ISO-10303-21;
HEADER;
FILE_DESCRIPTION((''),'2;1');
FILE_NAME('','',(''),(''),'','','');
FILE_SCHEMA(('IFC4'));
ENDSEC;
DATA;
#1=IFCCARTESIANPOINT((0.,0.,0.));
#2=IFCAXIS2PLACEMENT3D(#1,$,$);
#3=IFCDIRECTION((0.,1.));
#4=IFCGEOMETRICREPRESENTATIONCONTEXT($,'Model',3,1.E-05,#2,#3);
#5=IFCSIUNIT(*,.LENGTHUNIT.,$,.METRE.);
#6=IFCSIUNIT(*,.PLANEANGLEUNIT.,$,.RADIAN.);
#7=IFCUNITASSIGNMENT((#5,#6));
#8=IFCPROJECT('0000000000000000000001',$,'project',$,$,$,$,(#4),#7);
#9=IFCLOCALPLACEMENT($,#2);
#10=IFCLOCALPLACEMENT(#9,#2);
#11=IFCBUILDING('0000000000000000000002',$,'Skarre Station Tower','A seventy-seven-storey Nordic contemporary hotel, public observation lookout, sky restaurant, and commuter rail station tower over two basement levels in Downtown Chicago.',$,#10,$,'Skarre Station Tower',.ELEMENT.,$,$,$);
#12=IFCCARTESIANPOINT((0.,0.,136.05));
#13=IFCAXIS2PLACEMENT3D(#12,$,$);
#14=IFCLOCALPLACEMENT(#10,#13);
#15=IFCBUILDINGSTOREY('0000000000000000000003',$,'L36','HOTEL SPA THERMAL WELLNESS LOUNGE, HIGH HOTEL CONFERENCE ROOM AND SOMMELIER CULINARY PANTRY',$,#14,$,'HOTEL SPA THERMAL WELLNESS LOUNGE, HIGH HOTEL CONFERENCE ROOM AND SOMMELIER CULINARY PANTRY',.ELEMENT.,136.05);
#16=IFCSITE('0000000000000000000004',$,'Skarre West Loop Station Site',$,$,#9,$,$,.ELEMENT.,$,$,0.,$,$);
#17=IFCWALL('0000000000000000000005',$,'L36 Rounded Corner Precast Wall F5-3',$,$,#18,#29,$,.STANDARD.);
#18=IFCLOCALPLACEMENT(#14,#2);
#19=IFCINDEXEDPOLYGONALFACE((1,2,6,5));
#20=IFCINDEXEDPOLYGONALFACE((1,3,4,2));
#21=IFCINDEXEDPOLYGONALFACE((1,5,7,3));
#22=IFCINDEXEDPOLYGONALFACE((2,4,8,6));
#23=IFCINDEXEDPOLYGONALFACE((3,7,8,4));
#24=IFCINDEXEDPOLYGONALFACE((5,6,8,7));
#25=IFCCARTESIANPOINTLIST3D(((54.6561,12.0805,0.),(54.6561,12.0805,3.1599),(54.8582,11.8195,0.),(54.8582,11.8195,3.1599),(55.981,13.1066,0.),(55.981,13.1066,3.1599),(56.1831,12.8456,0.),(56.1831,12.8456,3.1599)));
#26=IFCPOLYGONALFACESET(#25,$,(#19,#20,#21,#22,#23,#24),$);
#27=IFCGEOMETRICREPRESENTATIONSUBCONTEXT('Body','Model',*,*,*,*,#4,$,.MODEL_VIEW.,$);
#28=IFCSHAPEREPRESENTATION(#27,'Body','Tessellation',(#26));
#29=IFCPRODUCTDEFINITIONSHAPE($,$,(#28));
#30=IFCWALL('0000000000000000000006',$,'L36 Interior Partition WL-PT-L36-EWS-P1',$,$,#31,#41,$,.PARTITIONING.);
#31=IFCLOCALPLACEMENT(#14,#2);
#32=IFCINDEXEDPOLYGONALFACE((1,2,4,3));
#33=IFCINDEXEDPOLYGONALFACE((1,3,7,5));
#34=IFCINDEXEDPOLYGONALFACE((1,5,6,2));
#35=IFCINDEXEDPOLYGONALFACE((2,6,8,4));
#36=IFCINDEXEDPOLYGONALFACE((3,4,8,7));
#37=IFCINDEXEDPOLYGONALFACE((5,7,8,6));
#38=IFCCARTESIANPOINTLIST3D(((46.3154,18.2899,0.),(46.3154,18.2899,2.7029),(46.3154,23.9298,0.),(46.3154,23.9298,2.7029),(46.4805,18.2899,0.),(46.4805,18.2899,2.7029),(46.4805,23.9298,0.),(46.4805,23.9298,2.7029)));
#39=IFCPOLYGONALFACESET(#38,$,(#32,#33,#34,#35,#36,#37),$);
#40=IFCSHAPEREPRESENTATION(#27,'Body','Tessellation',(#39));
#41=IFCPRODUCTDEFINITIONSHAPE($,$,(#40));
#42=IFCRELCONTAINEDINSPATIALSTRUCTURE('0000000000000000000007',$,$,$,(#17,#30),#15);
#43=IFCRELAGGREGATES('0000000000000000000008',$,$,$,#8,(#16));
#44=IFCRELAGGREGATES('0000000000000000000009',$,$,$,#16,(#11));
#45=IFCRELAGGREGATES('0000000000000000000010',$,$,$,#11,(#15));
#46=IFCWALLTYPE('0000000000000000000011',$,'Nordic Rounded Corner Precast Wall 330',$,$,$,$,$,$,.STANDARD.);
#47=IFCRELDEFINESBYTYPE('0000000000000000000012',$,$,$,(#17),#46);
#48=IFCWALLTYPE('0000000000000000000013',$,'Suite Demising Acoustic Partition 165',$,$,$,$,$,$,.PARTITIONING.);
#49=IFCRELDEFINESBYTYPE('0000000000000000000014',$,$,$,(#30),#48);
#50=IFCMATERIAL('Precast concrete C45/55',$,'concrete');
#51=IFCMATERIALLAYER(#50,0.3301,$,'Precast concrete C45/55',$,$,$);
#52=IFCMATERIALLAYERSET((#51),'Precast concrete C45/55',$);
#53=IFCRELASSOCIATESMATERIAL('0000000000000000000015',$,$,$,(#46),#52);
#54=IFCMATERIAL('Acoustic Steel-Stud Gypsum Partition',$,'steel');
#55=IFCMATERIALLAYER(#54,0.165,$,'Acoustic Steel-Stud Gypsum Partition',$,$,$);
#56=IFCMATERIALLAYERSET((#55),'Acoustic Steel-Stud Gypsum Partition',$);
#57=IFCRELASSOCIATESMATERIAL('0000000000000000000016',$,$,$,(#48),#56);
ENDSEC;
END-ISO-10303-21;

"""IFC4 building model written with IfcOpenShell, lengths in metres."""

from ifc_helpers import new_model, si_unit, direction, frame, frame_2d, origin, place, context, subcontext, project, spatial, rectangle, extrude, material, layer, layer_set, type_object, element, save


model = new_model("IFC4")

# Units and contexts
model_context = context("Model", 3, precision=1e-05, world=origin(), true_north=direction((0.0, 1.0)))
body_context = subcontext(model_context, "Body", "Model", "MODEL_VIEW")
ifc_project = project(units=[si_unit("LENGTHUNIT", "METRE"), si_unit("PLANEANGLEUNIT", "RADIAN")], contexts=[model_context])

# Site, building, storey
site_placement = place(None, origin())
site = spatial("IfcSite", under=ifc_project, at=site_placement, Name="Skarre West Loop Station Site", CompositionType="ELEMENT", RefElevation=0.0)
building_placement = place(site_placement, origin())
building = spatial("IfcBuilding", under=site, at=building_placement, Name="Skarre Station Tower", Description="A seventy-seven-storey Nordic contemporary hotel, public observation lookout, sky restaurant, and commuter rail station tower over two basement levels in Downtown Chicago.", LongName="Skarre Station Tower", CompositionType="ELEMENT")
storey_placement = place(building_placement, frame((0.0, 0.0, 136.05)))
storey = spatial("IfcBuildingStorey", under=building, at=storey_placement, Name="L36", Description="HOTEL SPA THERMAL WELLNESS LOUNGE, HIGH HOTEL CONFERENCE ROOM AND SOMMELIER CULINARY PANTRY", LongName="HOTEL SPA THERMAL WELLNESS LOUNGE, HIGH HOTEL CONFERENCE ROOM AND SOMMELIER CULINARY PANTRY", CompositionType="ELEMENT", Elevation=136.05)

# Shared definitions
ifc_material_1 = material(Name="Acoustic Steel-Stud Gypsum Partition", Category="steel")

# Shared definitions
ifc_material_2 = material(Name="Precast concrete C45/55", Category="concrete")

# Walls
ifc_layer_1 = layer(ifc_material_2, 0.3301, Name="Precast concrete C45/55")
ifc_layer_set_1 = layer_set([ifc_layer_1], Name="Precast concrete C45/55")
wall_type_1 = type_object("IfcWallType", Name="Nordic Rounded Corner Precast Wall 330", PredefinedType="STANDARD", material=ifc_layer_set_1)
wall_1_placement = place(storey_placement, frame((56.082, 12.9761, 0.0), z_axis=(0.0, 0.0, 1.0), x_axis=(-0.790621, -0.612305, 0.0)))
element("IfcWall", 1, at=wall_1_placement, inside=storey, type_object=wall_type_1, Name="L36 Rounded Corner Precast Wall F5-3", PredefinedType="STANDARD", context=body_context, shape_type="SweptSolid", body=[
    extrude(rectangle(XDim=1.6758, YDim=0.3301, at=frame_2d((0.8379, 0.0))), origin(), (0.0, 0.0, 1.0), 3.1599),
])
ifc_layer_2 = layer(ifc_material_1, 0.165, Name="Acoustic Steel-Stud Gypsum Partition")
ifc_layer_set_2 = layer_set([ifc_layer_2], Name="Acoustic Steel-Stud Gypsum Partition")
wall_type_2 = type_object("IfcWallType", Name="Suite Demising Acoustic Partition 165", PredefinedType="PARTITIONING", material=ifc_layer_set_2)
wall_2_placement = place(storey_placement, frame((46.3979, 18.29, 0.0), z_axis=(0.0, 0.0, 1.0), x_axis=(0.0, 1.0, 0.0)))
element("IfcWall", 2, at=wall_2_placement, inside=storey, type_object=wall_type_2, Name="L36 Interior Partition WL-PT-L36-EWS-P1", PredefinedType="PARTITIONING", context=body_context, shape_type="SweptSolid", body=[
    extrude(rectangle(XDim=5.6399, YDim=0.165, at=frame_2d((2.8198, 0.0))), origin(), (0.0, 0.0, 1.0), 2.7029),
])

save(model, "model.ifc")
